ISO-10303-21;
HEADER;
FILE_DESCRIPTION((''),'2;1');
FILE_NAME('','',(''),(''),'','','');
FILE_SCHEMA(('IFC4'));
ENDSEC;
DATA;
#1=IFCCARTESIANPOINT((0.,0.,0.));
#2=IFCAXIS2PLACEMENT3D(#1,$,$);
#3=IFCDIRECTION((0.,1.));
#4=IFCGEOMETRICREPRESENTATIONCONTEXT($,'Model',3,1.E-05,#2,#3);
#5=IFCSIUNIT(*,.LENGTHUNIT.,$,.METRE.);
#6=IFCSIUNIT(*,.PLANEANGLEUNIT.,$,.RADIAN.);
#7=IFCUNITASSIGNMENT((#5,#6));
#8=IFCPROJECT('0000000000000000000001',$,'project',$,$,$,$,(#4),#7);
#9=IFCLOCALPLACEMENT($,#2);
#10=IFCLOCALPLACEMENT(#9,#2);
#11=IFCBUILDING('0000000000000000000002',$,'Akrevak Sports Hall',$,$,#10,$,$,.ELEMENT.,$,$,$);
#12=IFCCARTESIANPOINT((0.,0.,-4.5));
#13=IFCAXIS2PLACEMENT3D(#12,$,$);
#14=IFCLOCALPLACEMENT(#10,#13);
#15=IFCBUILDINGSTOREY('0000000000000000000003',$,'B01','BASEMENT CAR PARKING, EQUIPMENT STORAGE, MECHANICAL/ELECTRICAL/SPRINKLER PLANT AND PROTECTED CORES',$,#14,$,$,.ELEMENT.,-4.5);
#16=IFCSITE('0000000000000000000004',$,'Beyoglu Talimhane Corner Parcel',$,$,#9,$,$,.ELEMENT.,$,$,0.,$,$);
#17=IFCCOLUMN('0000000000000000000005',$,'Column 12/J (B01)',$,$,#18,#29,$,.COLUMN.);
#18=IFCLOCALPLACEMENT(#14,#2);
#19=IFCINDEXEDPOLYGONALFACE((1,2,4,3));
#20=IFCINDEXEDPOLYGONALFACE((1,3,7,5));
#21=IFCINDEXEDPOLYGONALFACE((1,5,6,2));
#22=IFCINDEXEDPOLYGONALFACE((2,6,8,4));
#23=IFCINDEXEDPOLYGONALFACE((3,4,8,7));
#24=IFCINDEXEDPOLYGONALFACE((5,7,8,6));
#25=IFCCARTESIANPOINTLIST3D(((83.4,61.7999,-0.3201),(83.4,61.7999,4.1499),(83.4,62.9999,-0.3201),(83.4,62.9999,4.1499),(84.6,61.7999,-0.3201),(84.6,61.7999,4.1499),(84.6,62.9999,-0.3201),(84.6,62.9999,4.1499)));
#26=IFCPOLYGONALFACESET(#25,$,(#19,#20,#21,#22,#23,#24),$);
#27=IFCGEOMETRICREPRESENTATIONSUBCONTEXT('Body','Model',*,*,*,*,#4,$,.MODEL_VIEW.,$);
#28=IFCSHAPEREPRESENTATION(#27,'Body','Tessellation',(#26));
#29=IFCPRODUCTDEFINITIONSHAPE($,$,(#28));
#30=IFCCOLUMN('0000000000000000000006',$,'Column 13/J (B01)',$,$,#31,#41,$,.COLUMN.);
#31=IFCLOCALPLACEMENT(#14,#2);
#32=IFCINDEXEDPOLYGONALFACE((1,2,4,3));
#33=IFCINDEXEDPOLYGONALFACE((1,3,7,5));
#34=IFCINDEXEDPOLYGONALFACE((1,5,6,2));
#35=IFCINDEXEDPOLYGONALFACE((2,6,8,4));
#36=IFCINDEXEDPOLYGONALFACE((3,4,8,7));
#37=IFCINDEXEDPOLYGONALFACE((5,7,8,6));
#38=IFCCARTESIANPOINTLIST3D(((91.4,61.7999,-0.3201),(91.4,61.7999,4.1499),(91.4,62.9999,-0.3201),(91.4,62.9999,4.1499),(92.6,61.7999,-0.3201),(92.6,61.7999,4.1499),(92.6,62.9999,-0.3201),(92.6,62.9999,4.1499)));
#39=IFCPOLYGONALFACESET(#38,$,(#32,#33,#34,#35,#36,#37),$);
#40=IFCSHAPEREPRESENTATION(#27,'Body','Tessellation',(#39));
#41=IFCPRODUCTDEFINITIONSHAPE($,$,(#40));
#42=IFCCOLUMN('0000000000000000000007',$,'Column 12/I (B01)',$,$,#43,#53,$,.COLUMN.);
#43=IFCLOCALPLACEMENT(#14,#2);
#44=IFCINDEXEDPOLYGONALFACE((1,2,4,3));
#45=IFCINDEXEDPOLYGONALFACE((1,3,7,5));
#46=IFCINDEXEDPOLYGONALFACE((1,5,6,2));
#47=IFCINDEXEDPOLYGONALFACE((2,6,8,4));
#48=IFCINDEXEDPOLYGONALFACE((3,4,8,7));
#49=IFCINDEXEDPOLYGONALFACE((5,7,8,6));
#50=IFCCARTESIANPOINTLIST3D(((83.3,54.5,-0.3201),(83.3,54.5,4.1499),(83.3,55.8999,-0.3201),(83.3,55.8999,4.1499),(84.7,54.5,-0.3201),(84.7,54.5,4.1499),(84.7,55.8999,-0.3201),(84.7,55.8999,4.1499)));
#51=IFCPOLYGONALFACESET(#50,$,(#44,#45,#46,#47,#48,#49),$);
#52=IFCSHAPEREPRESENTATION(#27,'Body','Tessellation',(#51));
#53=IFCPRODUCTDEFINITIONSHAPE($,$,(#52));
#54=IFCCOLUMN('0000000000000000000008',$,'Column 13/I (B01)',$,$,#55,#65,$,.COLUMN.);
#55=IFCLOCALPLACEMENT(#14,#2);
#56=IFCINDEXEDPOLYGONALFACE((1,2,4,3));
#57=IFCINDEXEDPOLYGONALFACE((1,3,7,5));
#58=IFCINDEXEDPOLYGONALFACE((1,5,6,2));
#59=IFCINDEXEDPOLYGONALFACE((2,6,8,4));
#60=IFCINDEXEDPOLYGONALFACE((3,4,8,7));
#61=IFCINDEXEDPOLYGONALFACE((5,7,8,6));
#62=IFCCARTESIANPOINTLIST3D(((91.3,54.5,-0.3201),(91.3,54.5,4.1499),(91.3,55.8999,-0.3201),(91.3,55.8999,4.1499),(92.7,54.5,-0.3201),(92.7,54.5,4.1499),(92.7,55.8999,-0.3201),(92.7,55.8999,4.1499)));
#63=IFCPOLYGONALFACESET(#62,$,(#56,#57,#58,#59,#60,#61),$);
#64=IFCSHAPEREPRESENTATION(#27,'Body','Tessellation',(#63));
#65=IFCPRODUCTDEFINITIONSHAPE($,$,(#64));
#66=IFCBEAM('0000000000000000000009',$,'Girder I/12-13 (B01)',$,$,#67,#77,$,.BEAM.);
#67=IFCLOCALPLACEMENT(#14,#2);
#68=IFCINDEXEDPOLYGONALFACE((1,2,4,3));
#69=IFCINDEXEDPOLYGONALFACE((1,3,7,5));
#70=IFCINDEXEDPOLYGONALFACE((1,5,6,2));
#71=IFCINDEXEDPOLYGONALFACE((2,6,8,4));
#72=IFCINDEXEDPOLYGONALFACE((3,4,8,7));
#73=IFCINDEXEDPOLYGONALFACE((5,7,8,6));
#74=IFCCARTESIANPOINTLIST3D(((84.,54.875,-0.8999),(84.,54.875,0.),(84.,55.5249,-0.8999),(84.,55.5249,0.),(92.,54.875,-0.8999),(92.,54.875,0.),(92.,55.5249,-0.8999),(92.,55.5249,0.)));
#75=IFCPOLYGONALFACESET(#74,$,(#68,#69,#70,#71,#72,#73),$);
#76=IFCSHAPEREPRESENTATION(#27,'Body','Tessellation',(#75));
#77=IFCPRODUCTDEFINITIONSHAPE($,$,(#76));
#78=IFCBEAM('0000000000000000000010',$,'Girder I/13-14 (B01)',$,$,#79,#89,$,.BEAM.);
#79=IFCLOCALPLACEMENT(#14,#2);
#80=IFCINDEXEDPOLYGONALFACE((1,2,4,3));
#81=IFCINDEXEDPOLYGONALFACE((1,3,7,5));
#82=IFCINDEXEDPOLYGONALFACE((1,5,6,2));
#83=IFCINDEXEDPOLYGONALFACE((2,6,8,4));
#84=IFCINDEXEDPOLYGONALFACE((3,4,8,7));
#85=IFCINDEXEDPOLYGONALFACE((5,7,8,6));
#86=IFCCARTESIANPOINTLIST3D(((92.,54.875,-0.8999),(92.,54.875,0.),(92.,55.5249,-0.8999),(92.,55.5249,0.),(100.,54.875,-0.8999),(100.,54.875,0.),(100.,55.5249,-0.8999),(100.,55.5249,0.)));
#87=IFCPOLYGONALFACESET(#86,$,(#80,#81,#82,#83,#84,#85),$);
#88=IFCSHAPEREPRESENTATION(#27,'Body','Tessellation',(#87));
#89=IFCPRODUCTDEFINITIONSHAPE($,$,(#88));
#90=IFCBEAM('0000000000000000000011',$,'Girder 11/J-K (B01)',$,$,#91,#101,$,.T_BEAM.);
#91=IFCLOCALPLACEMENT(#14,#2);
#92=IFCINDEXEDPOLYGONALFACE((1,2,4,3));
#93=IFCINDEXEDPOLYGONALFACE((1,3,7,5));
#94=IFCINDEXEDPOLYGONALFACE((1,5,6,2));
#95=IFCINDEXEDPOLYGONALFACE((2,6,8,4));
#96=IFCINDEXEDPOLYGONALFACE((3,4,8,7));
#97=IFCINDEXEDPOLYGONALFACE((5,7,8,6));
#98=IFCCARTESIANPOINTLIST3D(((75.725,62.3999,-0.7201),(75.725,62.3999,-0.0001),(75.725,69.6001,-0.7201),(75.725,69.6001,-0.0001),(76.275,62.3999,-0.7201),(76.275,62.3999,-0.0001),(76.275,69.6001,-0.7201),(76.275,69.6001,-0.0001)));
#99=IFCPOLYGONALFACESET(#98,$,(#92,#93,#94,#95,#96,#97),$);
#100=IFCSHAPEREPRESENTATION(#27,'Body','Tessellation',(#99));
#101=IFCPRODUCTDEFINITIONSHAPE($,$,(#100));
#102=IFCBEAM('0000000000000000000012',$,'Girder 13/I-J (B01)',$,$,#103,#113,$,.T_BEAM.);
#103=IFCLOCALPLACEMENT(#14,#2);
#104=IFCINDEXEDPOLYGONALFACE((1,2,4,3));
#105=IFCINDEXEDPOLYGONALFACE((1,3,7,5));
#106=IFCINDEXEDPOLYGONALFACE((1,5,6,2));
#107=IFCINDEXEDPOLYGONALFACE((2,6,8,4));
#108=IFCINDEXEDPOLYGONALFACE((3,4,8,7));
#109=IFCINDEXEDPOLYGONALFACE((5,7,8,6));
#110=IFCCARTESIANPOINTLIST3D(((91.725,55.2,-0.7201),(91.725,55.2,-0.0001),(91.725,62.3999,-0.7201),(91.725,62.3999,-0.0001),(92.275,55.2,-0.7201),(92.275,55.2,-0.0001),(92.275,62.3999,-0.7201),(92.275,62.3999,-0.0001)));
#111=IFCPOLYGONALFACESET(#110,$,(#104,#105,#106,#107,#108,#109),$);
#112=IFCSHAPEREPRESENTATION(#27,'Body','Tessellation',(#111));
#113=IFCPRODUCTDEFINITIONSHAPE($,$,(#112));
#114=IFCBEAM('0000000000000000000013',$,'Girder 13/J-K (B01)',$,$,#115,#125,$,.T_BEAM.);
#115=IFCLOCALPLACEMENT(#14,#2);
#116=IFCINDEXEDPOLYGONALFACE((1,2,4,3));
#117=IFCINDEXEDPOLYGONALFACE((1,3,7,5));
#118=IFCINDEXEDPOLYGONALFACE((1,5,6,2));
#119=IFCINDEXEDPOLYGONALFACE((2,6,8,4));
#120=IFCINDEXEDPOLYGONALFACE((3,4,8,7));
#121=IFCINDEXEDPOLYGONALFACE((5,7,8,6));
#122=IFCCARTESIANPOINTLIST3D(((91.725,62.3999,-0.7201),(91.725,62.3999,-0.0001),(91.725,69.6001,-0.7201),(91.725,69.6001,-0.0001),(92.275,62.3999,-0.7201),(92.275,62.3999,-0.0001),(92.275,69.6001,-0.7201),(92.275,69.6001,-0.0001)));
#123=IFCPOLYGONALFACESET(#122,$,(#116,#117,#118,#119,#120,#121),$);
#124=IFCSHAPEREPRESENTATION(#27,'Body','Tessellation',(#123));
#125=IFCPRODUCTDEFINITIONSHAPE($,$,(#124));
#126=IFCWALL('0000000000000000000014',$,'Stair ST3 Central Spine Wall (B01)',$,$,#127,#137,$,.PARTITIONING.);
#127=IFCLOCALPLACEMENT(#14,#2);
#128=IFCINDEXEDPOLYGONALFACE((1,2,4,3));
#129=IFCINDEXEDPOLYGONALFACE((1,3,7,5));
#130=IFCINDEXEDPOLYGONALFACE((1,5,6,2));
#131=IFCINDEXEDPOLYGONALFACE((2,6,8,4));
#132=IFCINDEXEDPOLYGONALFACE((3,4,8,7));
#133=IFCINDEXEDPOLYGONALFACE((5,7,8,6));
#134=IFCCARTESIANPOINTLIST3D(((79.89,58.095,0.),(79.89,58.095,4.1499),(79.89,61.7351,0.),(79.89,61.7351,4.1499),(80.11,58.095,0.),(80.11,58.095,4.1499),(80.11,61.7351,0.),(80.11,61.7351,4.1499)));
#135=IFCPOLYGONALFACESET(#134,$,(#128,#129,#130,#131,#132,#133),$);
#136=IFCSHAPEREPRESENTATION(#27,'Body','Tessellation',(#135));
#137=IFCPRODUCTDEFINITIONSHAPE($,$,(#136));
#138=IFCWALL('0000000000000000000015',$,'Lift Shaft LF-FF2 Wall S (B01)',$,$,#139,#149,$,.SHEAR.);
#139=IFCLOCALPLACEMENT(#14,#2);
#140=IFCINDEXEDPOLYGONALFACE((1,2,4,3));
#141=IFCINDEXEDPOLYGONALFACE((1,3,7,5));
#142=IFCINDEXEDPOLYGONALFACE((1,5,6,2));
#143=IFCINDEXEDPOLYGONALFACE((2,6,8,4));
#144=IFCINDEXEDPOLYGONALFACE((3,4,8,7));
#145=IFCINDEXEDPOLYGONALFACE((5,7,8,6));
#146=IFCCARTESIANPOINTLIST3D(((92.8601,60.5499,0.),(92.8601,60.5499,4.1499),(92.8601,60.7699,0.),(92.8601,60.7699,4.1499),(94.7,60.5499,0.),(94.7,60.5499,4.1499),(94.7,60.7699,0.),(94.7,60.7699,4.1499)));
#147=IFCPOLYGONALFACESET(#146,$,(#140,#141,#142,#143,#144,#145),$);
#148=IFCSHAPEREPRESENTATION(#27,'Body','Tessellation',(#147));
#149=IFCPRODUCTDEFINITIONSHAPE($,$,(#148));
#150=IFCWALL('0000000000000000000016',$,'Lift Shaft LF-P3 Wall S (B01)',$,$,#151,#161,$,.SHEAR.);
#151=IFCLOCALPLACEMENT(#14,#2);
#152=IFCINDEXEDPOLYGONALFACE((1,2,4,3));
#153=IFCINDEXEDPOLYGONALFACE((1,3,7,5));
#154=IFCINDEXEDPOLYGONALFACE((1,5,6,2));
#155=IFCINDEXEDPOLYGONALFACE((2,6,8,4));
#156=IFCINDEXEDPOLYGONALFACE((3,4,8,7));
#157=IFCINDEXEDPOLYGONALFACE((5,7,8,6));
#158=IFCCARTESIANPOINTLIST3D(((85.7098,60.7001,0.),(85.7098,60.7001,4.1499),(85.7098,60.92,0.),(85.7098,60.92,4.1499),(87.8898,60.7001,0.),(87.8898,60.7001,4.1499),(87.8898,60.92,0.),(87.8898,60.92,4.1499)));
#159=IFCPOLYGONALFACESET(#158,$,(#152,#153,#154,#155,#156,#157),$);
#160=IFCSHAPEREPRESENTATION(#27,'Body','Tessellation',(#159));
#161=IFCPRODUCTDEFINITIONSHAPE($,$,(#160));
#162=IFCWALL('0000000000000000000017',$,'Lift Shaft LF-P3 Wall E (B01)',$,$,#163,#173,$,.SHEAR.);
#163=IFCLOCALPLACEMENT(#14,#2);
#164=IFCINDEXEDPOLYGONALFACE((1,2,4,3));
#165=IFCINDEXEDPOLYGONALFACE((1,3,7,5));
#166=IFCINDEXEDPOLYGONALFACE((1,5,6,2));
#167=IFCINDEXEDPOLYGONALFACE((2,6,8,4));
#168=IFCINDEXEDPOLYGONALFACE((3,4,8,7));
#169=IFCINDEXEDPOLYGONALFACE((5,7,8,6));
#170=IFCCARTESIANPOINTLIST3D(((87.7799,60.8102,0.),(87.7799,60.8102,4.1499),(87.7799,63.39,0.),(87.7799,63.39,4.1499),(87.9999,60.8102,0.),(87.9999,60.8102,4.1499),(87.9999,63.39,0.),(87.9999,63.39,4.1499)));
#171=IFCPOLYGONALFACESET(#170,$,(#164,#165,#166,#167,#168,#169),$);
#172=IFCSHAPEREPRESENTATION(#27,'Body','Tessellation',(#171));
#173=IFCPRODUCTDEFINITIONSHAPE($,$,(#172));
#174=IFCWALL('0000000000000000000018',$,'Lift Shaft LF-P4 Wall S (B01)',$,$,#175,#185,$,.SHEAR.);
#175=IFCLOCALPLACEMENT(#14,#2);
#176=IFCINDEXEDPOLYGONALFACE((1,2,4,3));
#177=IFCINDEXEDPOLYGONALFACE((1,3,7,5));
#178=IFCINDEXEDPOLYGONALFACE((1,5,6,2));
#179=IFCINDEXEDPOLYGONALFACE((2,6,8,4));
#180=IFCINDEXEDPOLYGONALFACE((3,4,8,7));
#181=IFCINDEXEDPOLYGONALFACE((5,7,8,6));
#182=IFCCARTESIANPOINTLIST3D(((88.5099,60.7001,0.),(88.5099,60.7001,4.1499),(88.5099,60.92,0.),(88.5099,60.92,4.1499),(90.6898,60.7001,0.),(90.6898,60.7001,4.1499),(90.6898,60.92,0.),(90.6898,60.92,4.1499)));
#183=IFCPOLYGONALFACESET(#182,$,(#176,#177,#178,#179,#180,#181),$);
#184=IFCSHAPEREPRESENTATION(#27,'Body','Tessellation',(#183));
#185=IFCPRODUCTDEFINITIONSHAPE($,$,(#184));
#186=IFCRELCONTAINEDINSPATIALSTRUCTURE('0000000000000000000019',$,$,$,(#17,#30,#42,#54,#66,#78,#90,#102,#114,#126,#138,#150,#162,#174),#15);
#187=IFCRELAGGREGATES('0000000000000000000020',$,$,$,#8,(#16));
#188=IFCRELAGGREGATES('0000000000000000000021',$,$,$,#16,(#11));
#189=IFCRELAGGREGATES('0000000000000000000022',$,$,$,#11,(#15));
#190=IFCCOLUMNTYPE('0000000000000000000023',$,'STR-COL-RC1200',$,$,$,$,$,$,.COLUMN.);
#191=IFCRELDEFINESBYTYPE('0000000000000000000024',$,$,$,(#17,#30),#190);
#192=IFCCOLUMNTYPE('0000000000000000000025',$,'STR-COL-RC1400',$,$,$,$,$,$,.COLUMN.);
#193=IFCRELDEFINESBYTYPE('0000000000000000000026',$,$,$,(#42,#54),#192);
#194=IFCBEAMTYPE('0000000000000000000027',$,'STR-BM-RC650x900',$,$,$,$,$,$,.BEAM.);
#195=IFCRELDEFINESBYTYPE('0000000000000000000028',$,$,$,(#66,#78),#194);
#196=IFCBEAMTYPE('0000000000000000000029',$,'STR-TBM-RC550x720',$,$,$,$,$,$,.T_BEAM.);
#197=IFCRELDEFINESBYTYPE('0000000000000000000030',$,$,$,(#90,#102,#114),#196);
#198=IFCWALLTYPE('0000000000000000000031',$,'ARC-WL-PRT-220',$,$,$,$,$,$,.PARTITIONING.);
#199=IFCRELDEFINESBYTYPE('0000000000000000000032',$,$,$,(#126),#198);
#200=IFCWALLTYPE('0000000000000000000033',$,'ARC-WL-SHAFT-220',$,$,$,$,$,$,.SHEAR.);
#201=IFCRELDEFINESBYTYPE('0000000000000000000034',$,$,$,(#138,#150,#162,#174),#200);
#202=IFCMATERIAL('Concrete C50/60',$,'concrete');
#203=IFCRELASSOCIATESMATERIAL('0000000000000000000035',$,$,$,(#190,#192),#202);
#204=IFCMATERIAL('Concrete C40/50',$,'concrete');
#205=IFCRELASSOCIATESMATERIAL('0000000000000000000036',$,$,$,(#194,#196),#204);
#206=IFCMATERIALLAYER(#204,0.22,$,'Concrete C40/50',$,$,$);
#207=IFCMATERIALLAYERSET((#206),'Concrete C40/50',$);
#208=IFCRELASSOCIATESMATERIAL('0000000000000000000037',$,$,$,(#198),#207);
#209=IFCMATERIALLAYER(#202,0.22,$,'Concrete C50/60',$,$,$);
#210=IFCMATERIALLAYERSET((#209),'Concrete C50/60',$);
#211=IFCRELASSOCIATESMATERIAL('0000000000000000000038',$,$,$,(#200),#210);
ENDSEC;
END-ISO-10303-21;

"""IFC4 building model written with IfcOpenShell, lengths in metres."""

from ifc_helpers import new_model, si_unit, direction, frame, frame_2d, origin, origin_2d, place, context, subcontext, project, spatial, rectangle, extrude, material, layer, layer_set, material_profile, profile_set, type_object, element, save


model = new_model("IFC4")

# Units and contexts
model_context = context("Model", 3, precision=1e-05, world=origin(), true_north=direction((0.0, 1.0)))
body_context = subcontext(model_context, "Body", "Model", "MODEL_VIEW")
ifc_project = project(units=[si_unit("LENGTHUNIT", "METRE"), si_unit("PLANEANGLEUNIT", "RADIAN")], contexts=[model_context])

# Site, building, storey
site_placement = place(None, origin())
site = spatial("IfcSite", under=ifc_project, at=site_placement, Name="Beyoglu Talimhane Corner Parcel", CompositionType="ELEMENT", RefElevation=0.0)
building_placement = place(site_placement, origin())
building = spatial("IfcBuilding", under=site, at=building_placement, Name="Akrevak Sports Hall", CompositionType="ELEMENT")
storey_placement = place(building_placement, frame((0.0, 0.0, -4.5)))
storey = spatial("IfcBuildingStorey", under=building, at=storey_placement, Name="B01", Description="BASEMENT CAR PARKING, EQUIPMENT STORAGE, MECHANICAL/ELECTRICAL/SPRINKLER PLANT AND PROTECTED CORES", CompositionType="ELEMENT", Elevation=-4.5)

# Columns
ifc_material_1 = material(Name="Concrete C50/60", Category="concrete")
ifc_material_profile_1 = material_profile(ifc_material_1, rectangle(XDim=1.2, YDim=1.2, at=origin_2d()), Name="RC 1200x1200", Category="concrete")
ifc_profile_set_1 = profile_set([ifc_material_profile_1], Name="Concrete C50/60")
column_type_1 = type_object("IfcColumnType", Name="STR-COL-RC1200", PredefinedType="COLUMN", material=ifc_profile_set_1)
for number, where, z_axis, x_axis, name in (
    (1, (84.0, 62.3999, -0.3201), (0.0, 0.0, 1.0), (1.0, 0.0, 0.0), "Column 12/J (B01)"),
    (2, (92.0, 62.3999, -0.3201), (0.0, 0.0, 1.0), (1.0, 0.0, 0.0), "Column 13/J (B01)"),
):
    element("IfcColumn", number, at=place(storey_placement, frame(where, z_axis=z_axis, x_axis=x_axis)), inside=storey, type_object=column_type_1, Name=name, PredefinedType="COLUMN", context=body_context, shape_type="SweptSolid", body=[
        extrude(rectangle(XDim=1.2, YDim=1.2, at=origin_2d()), origin(), (0.0, 0.0, 1.0), 4.47),
    ])
ifc_material_profile_2 = material_profile(ifc_material_1, rectangle(XDim=1.3999, YDim=1.3999, at=origin_2d()), Name="RC 1400x1400", Category="concrete")
ifc_profile_set_2 = profile_set([ifc_material_profile_2], Name="Concrete C50/60")
column_type_2 = type_object("IfcColumnType", Name="STR-COL-RC1400", PredefinedType="COLUMN", material=ifc_profile_set_2)
for number, where, z_axis, x_axis, name in (
    (3, (84.0, 55.2, -0.3201), (0.0, 0.0, 1.0), (1.0, 0.0, 0.0), "Column 12/I (B01)"),
    (4, (92.0, 55.2, -0.3201), (0.0, 0.0, 1.0), (1.0, 0.0, 0.0), "Column 13/I (B01)"),
):
    element("IfcColumn", number, at=place(storey_placement, frame(where, z_axis=z_axis, x_axis=x_axis)), inside=storey, type_object=column_type_2, Name=name, PredefinedType="COLUMN", context=body_context, shape_type="SweptSolid", body=[
        extrude(rectangle(XDim=1.3999, YDim=1.3999, at=origin_2d()), origin(), (0.0, 0.0, 1.0), 4.47),
    ])

# Beams
ifc_material_2 = material(Name="Concrete C40/50", Category="concrete")
ifc_material_profile_3 = material_profile(ifc_material_2, rectangle(XDim=0.6499, YDim=0.8999, at=origin_2d()), Name="BM 650x900", Category="concrete")
ifc_profile_set_3 = profile_set([ifc_material_profile_3], Name="Concrete C40/50")
beam_type_1 = type_object("IfcBeamType", Name="STR-BM-RC650x900", PredefinedType="BEAM", material=ifc_profile_set_3)
for number, where, z_axis, x_axis, name in (
    (5, (84.0, 55.2, -0.45), (1.0, 0.0, 0.0), (0.0, 1.0, 0.0), "Girder I/12-13 (B01)"),
    (6, (92.0, 55.2, -0.45), (1.0, 0.0, 0.0), (0.0, 1.0, 0.0), "Girder I/13-14 (B01)"),
):
    element("IfcBeam", number, at=place(storey_placement, frame(where, z_axis=z_axis, x_axis=x_axis)), inside=storey, type_object=beam_type_1, Name=name, PredefinedType="BEAM", context=body_context, shape_type="SweptSolid", body=[
        extrude(rectangle(XDim=0.6499, YDim=0.8999, at=origin_2d()), origin(), (0.0, 0.0, 1.0), 8.0),
    ])
ifc_material_profile_4 = material_profile(ifc_material_2, rectangle(XDim=0.55, YDim=0.72, at=origin_2d()), Name="TBM 550x720", Category="concrete")
ifc_profile_set_4 = profile_set([ifc_material_profile_4], Name="Concrete C40/50")
beam_type_2 = type_object("IfcBeamType", Name="STR-TBM-RC550x720", PredefinedType="T_BEAM", material=ifc_profile_set_4)
beam_1_placement = place(storey_placement, frame((76.0, 62.3999, -0.3601), z_axis=(0.0, 1.0, 0.0), x_axis=(-1.0, 0.0, 0.0)))
element("IfcBeam", 7, at=beam_1_placement, inside=storey, type_object=beam_type_2, Name="Girder 11/J-K (B01)", PredefinedType="T_BEAM", context=body_context, shape_type="SweptSolid", body=[
    extrude(rectangle(XDim=0.55, YDim=0.72, at=origin_2d()), origin(), (0.0, 0.0, 1.0), 7.2002),
])
beam_2_placement = place(storey_placement, frame((92.0, 55.2, -0.3601), z_axis=(0.0, 1.0, 0.0), x_axis=(-1.0, 0.0, 0.0)))
element("IfcBeam", 8, at=beam_2_placement, inside=storey, type_object=beam_type_2, Name="Girder 13/I-J (B01)", PredefinedType="T_BEAM", context=body_context, shape_type="SweptSolid", body=[
    extrude(rectangle(XDim=0.55, YDim=0.72, at=origin_2d()), origin(), (0.0, 0.0, 1.0), 7.2),
])
beam_3_placement = place(storey_placement, frame((92.0, 62.3999, -0.3601), z_axis=(0.0, 1.0, 0.0), x_axis=(-1.0, 0.0, 0.0)))
element("IfcBeam", 9, at=beam_3_placement, inside=storey, type_object=beam_type_2, Name="Girder 13/J-K (B01)", PredefinedType="T_BEAM", context=body_context, shape_type="SweptSolid", body=[
    extrude(rectangle(XDim=0.55, YDim=0.72, at=origin_2d()), origin(), (0.0, 0.0, 1.0), 7.2002),
])

# Walls
ifc_layer_1 = layer(ifc_material_2, 0.22, Name="Concrete C40/50")
ifc_layer_set_1 = layer_set([ifc_layer_1], Name="Concrete C40/50")
wall_type_1 = type_object("IfcWallType", Name="ARC-WL-PRT-220", PredefinedType="PARTITIONING", material=ifc_layer_set_1)
wall_1_placement = place(storey_placement, frame((80.0, 58.095, 0.0), z_axis=(0.0, 0.0, 1.0), x_axis=(0.0, 1.0, 0.0)))
element("IfcWall", 10, at=wall_1_placement, inside=storey, type_object=wall_type_1, Name="Stair ST3 Central Spine Wall (B01)", PredefinedType="PARTITIONING", context=body_context, shape_type="SweptSolid", body=[
    extrude(rectangle(XDim=3.6401, YDim=0.22, at=frame_2d((1.8201, 0.0))), origin(), (0.0, 0.0, 1.0), 4.1499),
])
ifc_layer_2 = layer(ifc_material_1, 0.22, Name="Concrete C50/60")
ifc_layer_set_2 = layer_set([ifc_layer_2], Name="Concrete C50/60")
wall_type_2 = type_object("IfcWallType", Name="ARC-WL-SHAFT-220", PredefinedType="SHEAR", material=ifc_layer_set_2)
wall_2_placement = place(storey_placement, frame((92.8601, 60.6599, 0.0), z_axis=(0.0, 0.0, 1.0), x_axis=(1.0, 0.0, 0.0)))
element("IfcWall", 11, at=wall_2_placement, inside=storey, type_object=wall_type_2, Name="Lift Shaft LF-FF2 Wall S (B01)", PredefinedType="SHEAR", context=body_context, shape_type="SweptSolid", body=[
    extrude(rectangle(XDim=1.8398, YDim=0.22, at=frame_2d((0.9199, 0.0))), origin(), (0.0, 0.0, 1.0), 4.1499),
])
wall_3_placement = place(storey_placement, frame((85.71, 60.8101, 0.0), z_axis=(0.0, 0.0, 1.0), x_axis=(1.0, 0.0, 0.0)))
element("IfcWall", 12, at=wall_3_placement, inside=storey, type_object=wall_type_2, Name="Lift Shaft LF-P3 Wall S (B01)", PredefinedType="SHEAR", context=body_context, shape_type="SweptSolid", body=[
    extrude(rectangle(XDim=2.1799, YDim=0.22, at=frame_2d((1.0898, 0.0))), origin(), (0.0, 0.0, 1.0), 4.1499),
])
wall_4_placement = place(storey_placement, frame((87.8899, 60.8101, 0.0), z_axis=(0.0, 0.0, 1.0), x_axis=(0.0, 1.0, 0.0)))
element("IfcWall", 13, at=wall_4_placement, inside=storey, type_object=wall_type_2, Name="Lift Shaft LF-P3 Wall E (B01)", PredefinedType="SHEAR", context=body_context, shape_type="SweptSolid", body=[
    extrude(rectangle(XDim=2.5798, YDim=0.22, at=frame_2d((1.29, 0.0))), origin(), (0.0, 0.0, 1.0), 4.1499),
])
wall_5_placement = place(storey_placement, frame((88.51, 60.8101, 0.0), z_axis=(0.0, 0.0, 1.0), x_axis=(1.0, 0.0, 0.0)))
element("IfcWall", 14, at=wall_5_placement, inside=storey, type_object=wall_type_2, Name="Lift Shaft LF-P4 Wall S (B01)", PredefinedType="SHEAR", context=body_context, shape_type="SweptSolid", body=[
    extrude(rectangle(XDim=2.1799, YDim=0.22, at=frame_2d((1.0898, 0.0))), origin(), (0.0, 0.0, 1.0), 4.1499),
])

save(model, "model.ifc")
